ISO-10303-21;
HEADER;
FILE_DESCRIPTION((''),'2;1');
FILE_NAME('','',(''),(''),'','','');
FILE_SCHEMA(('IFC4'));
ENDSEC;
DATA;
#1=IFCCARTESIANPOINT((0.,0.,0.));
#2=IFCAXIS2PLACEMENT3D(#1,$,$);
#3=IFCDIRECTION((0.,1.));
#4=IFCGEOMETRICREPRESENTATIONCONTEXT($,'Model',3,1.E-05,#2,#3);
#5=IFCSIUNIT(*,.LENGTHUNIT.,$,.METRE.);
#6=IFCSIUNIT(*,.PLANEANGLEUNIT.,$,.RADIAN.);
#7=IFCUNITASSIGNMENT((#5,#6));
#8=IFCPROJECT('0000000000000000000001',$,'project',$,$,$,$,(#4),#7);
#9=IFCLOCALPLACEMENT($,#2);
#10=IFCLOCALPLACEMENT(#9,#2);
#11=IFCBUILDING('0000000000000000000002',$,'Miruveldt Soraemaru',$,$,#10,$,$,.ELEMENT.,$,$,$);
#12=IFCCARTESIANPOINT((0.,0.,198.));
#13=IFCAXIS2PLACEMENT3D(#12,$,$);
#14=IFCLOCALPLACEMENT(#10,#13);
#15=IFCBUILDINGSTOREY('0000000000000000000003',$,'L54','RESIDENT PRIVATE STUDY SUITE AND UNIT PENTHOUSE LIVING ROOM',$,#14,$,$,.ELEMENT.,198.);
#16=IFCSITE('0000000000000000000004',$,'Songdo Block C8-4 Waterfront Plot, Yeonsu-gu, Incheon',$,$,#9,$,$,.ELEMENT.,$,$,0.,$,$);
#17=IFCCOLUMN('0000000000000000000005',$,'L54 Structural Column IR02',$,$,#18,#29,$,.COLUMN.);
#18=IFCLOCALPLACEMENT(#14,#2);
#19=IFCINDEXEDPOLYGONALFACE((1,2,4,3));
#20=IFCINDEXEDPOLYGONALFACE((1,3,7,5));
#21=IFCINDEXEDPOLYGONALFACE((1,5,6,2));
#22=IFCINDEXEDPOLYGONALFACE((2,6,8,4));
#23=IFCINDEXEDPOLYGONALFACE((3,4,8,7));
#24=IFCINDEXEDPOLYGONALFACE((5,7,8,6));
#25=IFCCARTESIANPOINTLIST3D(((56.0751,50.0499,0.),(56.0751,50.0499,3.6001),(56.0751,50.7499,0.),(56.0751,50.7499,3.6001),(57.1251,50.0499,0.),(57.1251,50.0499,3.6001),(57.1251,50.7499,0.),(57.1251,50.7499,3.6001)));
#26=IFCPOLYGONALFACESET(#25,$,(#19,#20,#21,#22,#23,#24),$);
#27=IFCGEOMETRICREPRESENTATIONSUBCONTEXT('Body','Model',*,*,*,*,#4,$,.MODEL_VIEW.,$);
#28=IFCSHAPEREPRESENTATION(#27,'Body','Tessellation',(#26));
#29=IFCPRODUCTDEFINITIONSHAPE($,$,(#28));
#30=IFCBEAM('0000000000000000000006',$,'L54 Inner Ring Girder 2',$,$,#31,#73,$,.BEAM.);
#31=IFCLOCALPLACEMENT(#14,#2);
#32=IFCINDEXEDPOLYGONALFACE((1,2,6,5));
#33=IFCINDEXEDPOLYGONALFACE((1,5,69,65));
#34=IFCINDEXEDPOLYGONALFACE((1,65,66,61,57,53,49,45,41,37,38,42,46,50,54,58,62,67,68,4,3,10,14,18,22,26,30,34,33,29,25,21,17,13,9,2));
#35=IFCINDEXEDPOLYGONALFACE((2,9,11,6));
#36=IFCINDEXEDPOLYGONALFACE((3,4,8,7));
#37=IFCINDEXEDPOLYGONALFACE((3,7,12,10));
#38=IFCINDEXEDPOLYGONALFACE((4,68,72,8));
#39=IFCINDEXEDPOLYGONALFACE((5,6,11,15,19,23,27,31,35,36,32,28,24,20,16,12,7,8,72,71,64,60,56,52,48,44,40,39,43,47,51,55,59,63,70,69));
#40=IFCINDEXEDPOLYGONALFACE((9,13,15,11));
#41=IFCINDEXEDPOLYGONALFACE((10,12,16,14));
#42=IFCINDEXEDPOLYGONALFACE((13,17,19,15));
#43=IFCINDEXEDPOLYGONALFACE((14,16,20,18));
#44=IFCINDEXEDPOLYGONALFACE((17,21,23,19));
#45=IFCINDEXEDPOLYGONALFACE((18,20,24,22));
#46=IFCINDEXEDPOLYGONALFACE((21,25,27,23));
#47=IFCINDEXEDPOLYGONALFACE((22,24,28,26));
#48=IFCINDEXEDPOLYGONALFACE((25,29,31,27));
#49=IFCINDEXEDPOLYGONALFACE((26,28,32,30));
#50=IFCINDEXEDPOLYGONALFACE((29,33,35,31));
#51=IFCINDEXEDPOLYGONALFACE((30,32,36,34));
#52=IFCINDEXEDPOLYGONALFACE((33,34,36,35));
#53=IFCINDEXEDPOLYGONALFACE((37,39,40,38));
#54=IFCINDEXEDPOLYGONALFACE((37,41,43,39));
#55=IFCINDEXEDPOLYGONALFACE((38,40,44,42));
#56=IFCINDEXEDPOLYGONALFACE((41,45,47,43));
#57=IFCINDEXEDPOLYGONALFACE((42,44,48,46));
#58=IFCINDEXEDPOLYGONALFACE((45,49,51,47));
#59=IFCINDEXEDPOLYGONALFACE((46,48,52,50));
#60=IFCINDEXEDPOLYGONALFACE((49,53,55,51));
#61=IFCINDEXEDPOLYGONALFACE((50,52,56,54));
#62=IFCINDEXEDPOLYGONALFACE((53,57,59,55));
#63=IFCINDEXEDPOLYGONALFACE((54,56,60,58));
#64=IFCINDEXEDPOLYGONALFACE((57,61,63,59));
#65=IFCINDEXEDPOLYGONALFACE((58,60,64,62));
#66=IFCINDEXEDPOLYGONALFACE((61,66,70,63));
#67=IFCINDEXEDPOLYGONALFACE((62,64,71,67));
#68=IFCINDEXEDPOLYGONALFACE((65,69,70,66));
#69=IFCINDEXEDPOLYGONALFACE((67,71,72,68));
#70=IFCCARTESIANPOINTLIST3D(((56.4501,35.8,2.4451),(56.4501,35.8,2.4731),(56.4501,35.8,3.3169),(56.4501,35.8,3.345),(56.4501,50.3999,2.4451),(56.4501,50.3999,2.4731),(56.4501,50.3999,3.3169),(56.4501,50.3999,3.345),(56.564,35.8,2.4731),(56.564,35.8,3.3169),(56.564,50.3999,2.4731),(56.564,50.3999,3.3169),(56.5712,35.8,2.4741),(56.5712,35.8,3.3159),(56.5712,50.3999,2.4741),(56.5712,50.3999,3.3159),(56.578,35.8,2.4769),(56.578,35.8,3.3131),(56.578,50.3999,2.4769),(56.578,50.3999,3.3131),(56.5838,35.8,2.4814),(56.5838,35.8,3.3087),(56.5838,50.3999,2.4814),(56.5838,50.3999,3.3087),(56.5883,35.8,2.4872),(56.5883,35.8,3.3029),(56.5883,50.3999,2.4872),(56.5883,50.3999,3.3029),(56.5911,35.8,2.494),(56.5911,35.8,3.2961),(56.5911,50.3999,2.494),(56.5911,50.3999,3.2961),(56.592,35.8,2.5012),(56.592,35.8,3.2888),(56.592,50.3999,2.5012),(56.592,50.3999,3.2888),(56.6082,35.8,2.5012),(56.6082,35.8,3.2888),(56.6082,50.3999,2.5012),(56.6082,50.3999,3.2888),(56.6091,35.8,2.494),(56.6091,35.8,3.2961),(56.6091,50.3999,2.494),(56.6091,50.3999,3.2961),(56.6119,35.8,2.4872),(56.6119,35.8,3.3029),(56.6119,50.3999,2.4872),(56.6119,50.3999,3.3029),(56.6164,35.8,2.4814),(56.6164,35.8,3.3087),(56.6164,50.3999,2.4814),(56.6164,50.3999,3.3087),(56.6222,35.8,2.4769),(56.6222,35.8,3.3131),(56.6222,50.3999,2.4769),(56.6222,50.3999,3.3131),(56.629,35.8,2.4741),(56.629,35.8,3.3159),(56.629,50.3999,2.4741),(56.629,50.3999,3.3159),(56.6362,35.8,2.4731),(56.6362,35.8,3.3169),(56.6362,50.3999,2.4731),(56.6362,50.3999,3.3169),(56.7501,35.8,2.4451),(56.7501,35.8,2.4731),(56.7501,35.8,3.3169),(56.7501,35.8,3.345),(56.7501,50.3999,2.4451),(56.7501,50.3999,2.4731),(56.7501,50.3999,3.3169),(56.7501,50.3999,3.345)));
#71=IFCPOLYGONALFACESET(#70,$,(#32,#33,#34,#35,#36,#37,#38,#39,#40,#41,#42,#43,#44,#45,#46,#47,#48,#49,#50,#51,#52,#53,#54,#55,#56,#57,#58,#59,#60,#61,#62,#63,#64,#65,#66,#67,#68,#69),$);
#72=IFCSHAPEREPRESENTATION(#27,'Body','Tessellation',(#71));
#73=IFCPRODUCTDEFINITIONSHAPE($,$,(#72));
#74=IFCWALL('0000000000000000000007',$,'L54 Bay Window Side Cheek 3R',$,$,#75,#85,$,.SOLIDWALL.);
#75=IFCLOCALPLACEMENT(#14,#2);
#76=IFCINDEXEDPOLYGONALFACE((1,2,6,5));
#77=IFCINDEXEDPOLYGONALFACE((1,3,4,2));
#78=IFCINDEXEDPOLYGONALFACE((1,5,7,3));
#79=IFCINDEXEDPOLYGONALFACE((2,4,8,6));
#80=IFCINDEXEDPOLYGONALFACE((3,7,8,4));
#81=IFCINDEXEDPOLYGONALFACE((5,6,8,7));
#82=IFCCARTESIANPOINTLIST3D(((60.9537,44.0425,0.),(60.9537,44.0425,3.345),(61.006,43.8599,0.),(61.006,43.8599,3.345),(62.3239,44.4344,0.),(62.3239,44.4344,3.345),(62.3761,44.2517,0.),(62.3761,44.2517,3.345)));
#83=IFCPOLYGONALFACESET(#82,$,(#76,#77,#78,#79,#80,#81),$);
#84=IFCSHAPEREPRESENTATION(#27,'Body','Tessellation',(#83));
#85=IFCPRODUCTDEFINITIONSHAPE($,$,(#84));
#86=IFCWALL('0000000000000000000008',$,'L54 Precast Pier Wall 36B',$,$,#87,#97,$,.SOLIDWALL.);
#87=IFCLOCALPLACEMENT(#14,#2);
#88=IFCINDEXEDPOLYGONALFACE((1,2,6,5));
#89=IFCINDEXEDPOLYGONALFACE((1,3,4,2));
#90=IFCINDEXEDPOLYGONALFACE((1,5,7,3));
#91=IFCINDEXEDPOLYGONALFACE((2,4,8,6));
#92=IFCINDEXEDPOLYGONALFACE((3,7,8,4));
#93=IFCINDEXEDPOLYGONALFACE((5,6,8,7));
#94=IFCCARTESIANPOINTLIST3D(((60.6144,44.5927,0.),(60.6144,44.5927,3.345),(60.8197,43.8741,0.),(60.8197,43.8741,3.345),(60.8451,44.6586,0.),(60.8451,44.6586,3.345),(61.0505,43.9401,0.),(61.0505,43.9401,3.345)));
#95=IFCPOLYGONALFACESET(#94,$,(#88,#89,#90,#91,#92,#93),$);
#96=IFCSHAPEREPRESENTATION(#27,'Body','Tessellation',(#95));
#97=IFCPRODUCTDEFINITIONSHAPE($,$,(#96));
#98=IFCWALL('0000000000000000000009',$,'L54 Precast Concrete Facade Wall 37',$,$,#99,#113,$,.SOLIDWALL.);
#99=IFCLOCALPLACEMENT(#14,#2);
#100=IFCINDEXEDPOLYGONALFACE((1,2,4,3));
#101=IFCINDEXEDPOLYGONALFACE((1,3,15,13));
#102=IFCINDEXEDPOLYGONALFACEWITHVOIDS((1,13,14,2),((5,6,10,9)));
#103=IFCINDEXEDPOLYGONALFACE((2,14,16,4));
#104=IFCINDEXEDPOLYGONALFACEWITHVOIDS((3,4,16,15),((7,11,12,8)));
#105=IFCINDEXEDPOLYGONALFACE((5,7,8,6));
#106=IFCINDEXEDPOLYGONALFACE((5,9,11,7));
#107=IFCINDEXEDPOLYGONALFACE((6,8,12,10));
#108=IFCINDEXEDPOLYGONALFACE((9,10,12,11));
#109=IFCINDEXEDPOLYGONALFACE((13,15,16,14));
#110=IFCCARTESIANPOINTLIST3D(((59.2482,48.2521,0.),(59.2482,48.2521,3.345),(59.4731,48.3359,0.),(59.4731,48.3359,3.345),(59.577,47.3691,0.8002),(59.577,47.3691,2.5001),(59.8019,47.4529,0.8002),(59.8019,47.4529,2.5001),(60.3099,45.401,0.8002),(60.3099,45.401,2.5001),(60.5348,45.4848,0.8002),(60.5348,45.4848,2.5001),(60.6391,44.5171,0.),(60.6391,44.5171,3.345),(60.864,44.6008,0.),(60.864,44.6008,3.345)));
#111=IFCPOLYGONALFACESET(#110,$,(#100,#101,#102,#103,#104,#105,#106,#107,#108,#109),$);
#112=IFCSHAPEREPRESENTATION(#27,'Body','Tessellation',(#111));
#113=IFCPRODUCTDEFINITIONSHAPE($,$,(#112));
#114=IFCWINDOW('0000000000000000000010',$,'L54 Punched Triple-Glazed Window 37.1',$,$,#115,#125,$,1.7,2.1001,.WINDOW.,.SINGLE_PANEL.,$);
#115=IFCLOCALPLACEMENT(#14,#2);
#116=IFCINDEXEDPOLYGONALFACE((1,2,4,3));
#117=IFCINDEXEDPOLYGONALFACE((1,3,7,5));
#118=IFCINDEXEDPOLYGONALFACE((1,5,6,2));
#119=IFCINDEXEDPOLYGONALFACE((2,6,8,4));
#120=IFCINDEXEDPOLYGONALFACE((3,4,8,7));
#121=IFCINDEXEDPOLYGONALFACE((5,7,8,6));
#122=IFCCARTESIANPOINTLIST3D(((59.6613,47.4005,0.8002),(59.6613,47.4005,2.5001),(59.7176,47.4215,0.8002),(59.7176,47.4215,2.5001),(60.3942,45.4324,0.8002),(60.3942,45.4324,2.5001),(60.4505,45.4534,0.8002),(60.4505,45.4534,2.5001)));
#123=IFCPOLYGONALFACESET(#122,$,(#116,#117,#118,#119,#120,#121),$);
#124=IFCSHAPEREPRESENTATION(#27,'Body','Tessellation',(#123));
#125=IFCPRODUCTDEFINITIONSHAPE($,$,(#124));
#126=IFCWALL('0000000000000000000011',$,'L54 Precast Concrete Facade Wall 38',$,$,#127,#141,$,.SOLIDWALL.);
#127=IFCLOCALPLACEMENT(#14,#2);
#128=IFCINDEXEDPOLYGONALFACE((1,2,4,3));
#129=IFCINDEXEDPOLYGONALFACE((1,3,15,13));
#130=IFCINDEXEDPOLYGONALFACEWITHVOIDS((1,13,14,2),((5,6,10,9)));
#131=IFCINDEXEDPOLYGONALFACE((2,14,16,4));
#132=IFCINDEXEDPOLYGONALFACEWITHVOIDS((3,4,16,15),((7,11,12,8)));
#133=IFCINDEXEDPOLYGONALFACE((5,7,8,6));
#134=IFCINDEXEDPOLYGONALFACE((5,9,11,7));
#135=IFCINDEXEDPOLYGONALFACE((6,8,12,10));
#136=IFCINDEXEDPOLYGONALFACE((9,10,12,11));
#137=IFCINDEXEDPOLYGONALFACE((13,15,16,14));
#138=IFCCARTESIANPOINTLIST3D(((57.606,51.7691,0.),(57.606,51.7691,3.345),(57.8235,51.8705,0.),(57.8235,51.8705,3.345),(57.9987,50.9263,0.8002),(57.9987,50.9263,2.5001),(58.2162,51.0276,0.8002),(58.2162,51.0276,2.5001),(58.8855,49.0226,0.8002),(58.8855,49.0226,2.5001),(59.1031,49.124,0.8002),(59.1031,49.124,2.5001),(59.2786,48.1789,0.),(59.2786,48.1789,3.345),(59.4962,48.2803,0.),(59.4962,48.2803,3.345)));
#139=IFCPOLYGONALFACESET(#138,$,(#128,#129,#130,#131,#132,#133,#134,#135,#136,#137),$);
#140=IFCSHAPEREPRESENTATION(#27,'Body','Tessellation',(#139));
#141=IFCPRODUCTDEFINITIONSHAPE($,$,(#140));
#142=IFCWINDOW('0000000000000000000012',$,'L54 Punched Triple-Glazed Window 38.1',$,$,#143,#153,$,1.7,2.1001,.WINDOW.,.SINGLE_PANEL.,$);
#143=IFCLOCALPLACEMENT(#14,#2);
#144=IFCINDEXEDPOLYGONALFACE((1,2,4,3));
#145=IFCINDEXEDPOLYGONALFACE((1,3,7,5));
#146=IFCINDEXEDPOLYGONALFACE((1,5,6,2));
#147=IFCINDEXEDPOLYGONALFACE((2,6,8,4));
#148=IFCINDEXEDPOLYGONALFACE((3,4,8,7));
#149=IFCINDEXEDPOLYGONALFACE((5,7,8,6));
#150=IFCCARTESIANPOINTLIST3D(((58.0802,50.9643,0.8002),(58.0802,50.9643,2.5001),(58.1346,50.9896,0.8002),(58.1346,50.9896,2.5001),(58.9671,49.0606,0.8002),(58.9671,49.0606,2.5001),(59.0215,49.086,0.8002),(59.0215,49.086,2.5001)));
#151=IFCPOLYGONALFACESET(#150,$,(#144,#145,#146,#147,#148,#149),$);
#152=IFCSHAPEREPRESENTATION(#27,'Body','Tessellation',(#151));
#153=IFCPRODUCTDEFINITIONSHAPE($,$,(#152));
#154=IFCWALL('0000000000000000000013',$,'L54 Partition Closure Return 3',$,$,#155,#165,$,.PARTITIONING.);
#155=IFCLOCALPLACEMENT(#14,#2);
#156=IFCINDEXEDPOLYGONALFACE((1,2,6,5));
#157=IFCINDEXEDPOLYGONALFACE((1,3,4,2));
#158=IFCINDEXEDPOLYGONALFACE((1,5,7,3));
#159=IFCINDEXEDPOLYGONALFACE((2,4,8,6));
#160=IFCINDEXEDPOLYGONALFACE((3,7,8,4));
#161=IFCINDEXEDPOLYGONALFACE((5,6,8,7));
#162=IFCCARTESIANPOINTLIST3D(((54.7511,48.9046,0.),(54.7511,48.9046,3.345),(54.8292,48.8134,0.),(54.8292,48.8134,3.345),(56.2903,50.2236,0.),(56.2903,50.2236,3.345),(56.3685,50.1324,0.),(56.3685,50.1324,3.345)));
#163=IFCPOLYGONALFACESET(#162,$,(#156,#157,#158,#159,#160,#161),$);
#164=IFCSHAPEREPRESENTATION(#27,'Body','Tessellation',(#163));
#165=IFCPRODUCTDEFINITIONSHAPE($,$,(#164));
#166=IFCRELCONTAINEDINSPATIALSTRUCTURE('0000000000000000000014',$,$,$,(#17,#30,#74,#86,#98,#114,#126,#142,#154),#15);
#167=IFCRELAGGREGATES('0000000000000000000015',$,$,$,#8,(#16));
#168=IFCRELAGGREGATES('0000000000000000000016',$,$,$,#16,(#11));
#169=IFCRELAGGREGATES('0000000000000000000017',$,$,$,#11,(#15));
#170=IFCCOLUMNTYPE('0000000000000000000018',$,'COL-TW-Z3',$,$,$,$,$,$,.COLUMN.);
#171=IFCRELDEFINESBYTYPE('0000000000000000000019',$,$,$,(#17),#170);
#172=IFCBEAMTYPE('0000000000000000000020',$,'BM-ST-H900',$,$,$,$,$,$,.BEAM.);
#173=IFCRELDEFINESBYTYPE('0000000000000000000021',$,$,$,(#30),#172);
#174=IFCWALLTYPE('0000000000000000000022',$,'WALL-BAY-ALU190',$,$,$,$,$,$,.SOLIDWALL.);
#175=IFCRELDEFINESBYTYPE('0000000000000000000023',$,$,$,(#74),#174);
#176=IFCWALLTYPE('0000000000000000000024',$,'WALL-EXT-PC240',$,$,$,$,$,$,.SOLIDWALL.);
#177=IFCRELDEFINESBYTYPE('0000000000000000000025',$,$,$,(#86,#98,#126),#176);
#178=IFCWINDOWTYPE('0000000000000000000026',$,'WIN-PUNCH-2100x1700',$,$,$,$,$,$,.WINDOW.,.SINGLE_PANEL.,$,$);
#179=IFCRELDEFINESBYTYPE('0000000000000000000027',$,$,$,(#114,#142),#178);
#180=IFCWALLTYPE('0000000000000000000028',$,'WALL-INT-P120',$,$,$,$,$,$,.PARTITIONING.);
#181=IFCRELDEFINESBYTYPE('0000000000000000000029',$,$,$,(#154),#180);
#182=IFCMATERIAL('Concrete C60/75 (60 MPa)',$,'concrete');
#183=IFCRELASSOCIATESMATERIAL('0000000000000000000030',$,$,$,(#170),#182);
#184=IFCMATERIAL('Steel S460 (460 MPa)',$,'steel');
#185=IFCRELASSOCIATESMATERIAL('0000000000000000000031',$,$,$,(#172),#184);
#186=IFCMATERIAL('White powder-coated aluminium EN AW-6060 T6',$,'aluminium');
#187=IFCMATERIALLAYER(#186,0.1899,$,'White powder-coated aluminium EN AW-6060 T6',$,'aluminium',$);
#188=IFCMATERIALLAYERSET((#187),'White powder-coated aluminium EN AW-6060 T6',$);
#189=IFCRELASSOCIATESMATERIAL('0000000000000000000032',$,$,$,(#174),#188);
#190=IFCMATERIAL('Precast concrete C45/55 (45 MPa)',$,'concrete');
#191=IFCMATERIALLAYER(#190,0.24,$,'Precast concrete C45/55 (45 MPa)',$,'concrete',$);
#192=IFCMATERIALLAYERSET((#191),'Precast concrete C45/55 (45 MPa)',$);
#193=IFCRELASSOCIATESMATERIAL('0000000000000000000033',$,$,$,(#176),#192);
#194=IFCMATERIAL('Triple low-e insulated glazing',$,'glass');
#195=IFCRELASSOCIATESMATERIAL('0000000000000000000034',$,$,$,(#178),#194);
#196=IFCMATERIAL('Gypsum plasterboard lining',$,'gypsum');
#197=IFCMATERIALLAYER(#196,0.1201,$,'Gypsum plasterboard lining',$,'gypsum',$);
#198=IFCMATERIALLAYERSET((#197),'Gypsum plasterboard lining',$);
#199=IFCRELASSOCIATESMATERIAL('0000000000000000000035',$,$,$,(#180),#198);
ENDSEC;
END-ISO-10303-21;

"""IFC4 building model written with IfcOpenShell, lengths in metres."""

from ifc_helpers import new_model, si_unit, direction, frame, frame_2d, origin, origin_2d, place, context, subcontext, project, spatial, rectangle, i_section, extrude, material, layer, layer_set, material_profile, profile_set, type_object, element, fill, save


model = new_model("IFC4")

# Units and contexts
model_context = context("Model", 3, precision=1e-05, world=origin(), true_north=direction((0.0, 1.0)))
body_context = subcontext(model_context, "Body", "Model", "MODEL_VIEW")
ifc_project = project(units=[si_unit("LENGTHUNIT", "METRE"), si_unit("PLANEANGLEUNIT", "RADIAN")], contexts=[model_context])

# Site, building, storey
site_placement = place(None, origin())
site = spatial("IfcSite", under=ifc_project, at=site_placement, Name="Songdo Block C8-4 Waterfront Plot, Yeonsu-gu, Incheon", CompositionType="ELEMENT", RefElevation=0.0)
building_placement = place(site_placement, origin())
building = spatial("IfcBuilding", under=site, at=building_placement, Name="Miruveldt Soraemaru", CompositionType="ELEMENT")
storey_placement = place(building_placement, frame((0.0, 0.0, 198.0)))
storey = spatial("IfcBuildingStorey", under=building, at=storey_placement, Name="L54", Description="RESIDENT PRIVATE STUDY SUITE AND UNIT PENTHOUSE LIVING ROOM", CompositionType="ELEMENT", Elevation=198.0)

# Column
ifc_material_1 = material(Name="Concrete C60/75 (60 MPa)", Category="concrete")
ifc_material_profile_1 = material_profile(ifc_material_1, rectangle(XDim=1.05, YDim=0.7, at=origin_2d()), Name="Concrete C60/75 (60 MPa)", Category="concrete")
ifc_profile_set_1 = profile_set([ifc_material_profile_1], Name="Concrete C60/75 (60 MPa)")
column_type = type_object("IfcColumnType", Name="COL-TW-Z3", PredefinedType="COLUMN", material=ifc_profile_set_1)
column_placement = place(storey_placement, frame((56.6001, 50.3999, 0.0), z_axis=(0.0, 0.0, 1.0), x_axis=(1.0, 0.0, 0.0)))
element("IfcColumn", 1, at=column_placement, inside=storey, type_object=column_type, Name="L54 Structural Column IR02", PredefinedType="COLUMN", context=body_context, shape_type="SweptSolid", body=[
    extrude(rectangle(XDim=1.05, YDim=0.7, at=origin_2d()), origin(), (0.0, 0.0, 1.0), 3.6001),
])

# Beam
ifc_material_2 = material(Name="Steel S460 (460 MPa)", Category="steel")
ifc_material_profile_2 = material_profile(ifc_material_2, i_section(OverallWidth=0.3, OverallDepth=0.8999, WebThickness=0.0161, FlangeThickness=0.0281, FilletRadius=0.0281, at=origin_2d()), Name="Steel S460 (460 MPa)", Category="steel")
ifc_profile_set_2 = profile_set([ifc_material_profile_2], Name="Steel S460 (460 MPa)")
beam_type = type_object("IfcBeamType", Name="BM-ST-H900", PredefinedType="BEAM", material=ifc_profile_set_2)
beam_placement = place(storey_placement, frame((56.6001, 50.3999, 2.895), z_axis=(0.0, -1.0, 0.0), x_axis=(1.0, 0.0, 0.0)))
element("IfcBeam", 2, at=beam_placement, inside=storey, type_object=beam_type, Name="L54 Inner Ring Girder 2", PredefinedType="BEAM", context=body_context, shape_type="SweptSolid", body=[
    extrude(i_section(OverallWidth=0.3, OverallDepth=0.8999, WebThickness=0.0161, FlangeThickness=0.0281, FilletRadius=0.0281, at=origin_2d()), origin(), (0.0, 0.0, 1.0), 14.5999),
])

# Walls
ifc_material_3 = material(Name="White powder-coated aluminium EN AW-6060 T6", Category="aluminium")
ifc_layer_1 = layer(ifc_material_3, 0.1899, Name="White powder-coated aluminium EN AW-6060 T6", Category="aluminium")
ifc_layer_set_1 = layer_set([ifc_layer_1], Name="White powder-coated aluminium EN AW-6060 T6")
wall_type_1 = type_object("IfcWallType", Name="WALL-BAY-ALU190", PredefinedType="SOLIDWALL", material=ifc_layer_set_1)
wall_1_placement = place(storey_placement, frame((62.3499, 44.343, 0.0), z_axis=(0.0, 0.0, 1.0), x_axis=(-0.961453, -0.27497, 0.0)))
element("IfcWall", 3, at=wall_1_placement, inside=storey, type_object=wall_type_1, Name="L54 Bay Window Side Cheek 3R", PredefinedType="SOLIDWALL", context=body_context, shape_type="SweptSolid", body=[
    extrude(rectangle(XDim=1.425, YDim=0.1899, at=frame_2d((0.7124, 0.0))), origin(), (0.0, 0.0, 1.0), 3.345),
])
ifc_material_4 = material(Name="Precast concrete C45/55 (45 MPa)", Category="concrete")
ifc_layer_2 = layer(ifc_material_4, 0.24, Name="Precast concrete C45/55 (45 MPa)", Category="concrete")
ifc_layer_set_2 = layer_set([ifc_layer_2], Name="Precast concrete C45/55 (45 MPa)")
wall_type_2 = type_object("IfcWallType", Name="WALL-EXT-PC240", PredefinedType="SOLIDWALL", material=ifc_layer_set_2)
wall_2_placement = place(storey_placement, frame((60.9351, 43.9072, 0.0), z_axis=(0.0, 0.0, 1.0), x_axis=(-0.274764, 0.961512, 0.0)))
element("IfcWall", 4, at=wall_2_placement, inside=storey, type_object=wall_type_2, Name="L54 Precast Pier Wall 36B", PredefinedType="SOLIDWALL", context=body_context, shape_type="SweptSolid", body=[
    extrude(rectangle(XDim=0.7473, YDim=0.24, at=frame_2d((0.3735, 0.0))), origin(), (0.0, 0.0, 1.0), 3.345),
])

# Walls, openings, windows
wall_3_placement = place(storey_placement, frame((60.7515, 44.5591, 0.0), z_axis=(0.0, 0.0, 1.0), x_axis=(-0.348968, 0.937135, 0.0)))
wall_3 = element("IfcWall", 5, at=wall_3_placement, inside=storey, type_object=wall_type_2, Name="L54 Precast Concrete Facade Wall 37", PredefinedType="SOLIDWALL", context=body_context, shape_type="SweptSolid", body=[
    extrude(rectangle(XDim=3.9856, YDim=0.24, at=frame_2d((1.9927, 0.0))), origin(), (0.0, 0.0, 1.0), 3.345),
])
opening_1_placement = place(wall_3_placement, frame((0.9431, 0.0, 0.8)))
opening_1 = element("IfcOpeningElement", 6, at=opening_1_placement, cuts=wall_3, PredefinedType="OPENING", context=body_context, shape_type="SweptSolid", body=[
    extrude(rectangle(XDim=2.1001, YDim=1.7, at=frame_2d((1.05, 0.8501))), frame((0.0, 0.1299, 0.0), z_axis=(0.0, -1.0, 0.0), x_axis=(1.0, 0.0, 0.0)), (0.0, 0.0, 1.0), 0.26),
])
ifc_material_5 = material(Name="Triple low-e insulated glazing", Category="glass")
window_type = type_object("IfcWindowType", Name="WIN-PUNCH-2100x1700", PartitioningType="SINGLE_PANEL", PredefinedType="WINDOW", material=ifc_material_5)
window_1_placement = place(opening_1_placement, origin())
window_1 = element("IfcWindow", 7, at=window_1_placement, inside=storey, type_object=window_type, Name="L54 Punched Triple-Glazed Window 37.1", OverallHeight=1.7, OverallWidth=2.1001, PartitioningType="SINGLE_PANEL", PredefinedType="WINDOW", context=body_context, shape_type="SweptSolid", body=[
    extrude(rectangle(XDim=2.1001, YDim=1.7, at=frame_2d((1.05, 0.8501))), frame((0.0, 0.03, 0.0), z_axis=(0.0, -1.0, 0.0), x_axis=(1.0, 0.0, 0.0)), (0.0, 0.0, 1.0), 0.0601),
])
fill(opening_1, window_1)
wall_4_placement = place(storey_placement, frame((59.3875, 48.2295, 0.0), z_axis=(0.0, 0.0, 1.0), x_axis=(-0.422312, 0.906451, 0.0)))
wall_4 = element("IfcWall", 8, at=wall_4_placement, inside=storey, type_object=wall_type_2, Name="L54 Precast Concrete Facade Wall 38", PredefinedType="SOLIDWALL", context=body_context, shape_type="SweptSolid", body=[
    extrude(rectangle(XDim=3.9607, YDim=0.24, at=frame_2d((1.9805, 0.0))), origin(), (0.0, 0.0, 1.0), 3.345),
])
opening_2_placement = place(wall_4_placement, frame((0.9309, 0.0, 0.8)))
opening_2 = element("IfcOpeningElement", 9, at=opening_2_placement, cuts=wall_4, PredefinedType="OPENING", context=body_context, shape_type="SweptSolid", body=[
    extrude(rectangle(XDim=2.1001, YDim=1.7, at=frame_2d((1.05, 0.8501))), frame((0.0, 0.1299, 0.0), z_axis=(0.0, -1.0, 0.0), x_axis=(1.0, 0.0, 0.0)), (0.0, 0.0, 1.0), 0.26),
])
window_2_placement = place(opening_2_placement, origin())
window_2 = element("IfcWindow", 10, at=window_2_placement, inside=storey, type_object=window_type, Name="L54 Punched Triple-Glazed Window 38.1", OverallHeight=1.7, OverallWidth=2.1001, PartitioningType="SINGLE_PANEL", PredefinedType="WINDOW", context=body_context, shape_type="SweptSolid", body=[
    extrude(rectangle(XDim=2.1001, YDim=1.7, at=frame_2d((1.05, 0.8501))), frame((0.0, 0.03, 0.0), z_axis=(0.0, -1.0, 0.0), x_axis=(1.0, 0.0, 0.0)), (0.0, 0.0, 1.0), 0.0601),
])
fill(opening_2, window_2)

# Wall
ifc_material_6 = material(Name="Gypsum plasterboard lining", Category="gypsum")
ifc_layer_3 = layer(ifc_material_6, 0.1201, Name="Gypsum plasterboard lining", Category="gypsum")
ifc_layer_set_3 = layer_set([ifc_layer_3], Name="Gypsum plasterboard lining")
wall_type_3 = type_object("IfcWallType", Name="WALL-INT-P120", PredefinedType="PARTITIONING", material=ifc_layer_set_3)
wall_5_placement = place(storey_placement, frame((54.79, 48.8589, 0.0), z_axis=(0.0, 0.0, 1.0), x_axis=(0.759333, 0.650702, 0.0)))
element("IfcWall", 11, at=wall_5_placement, inside=storey, type_object=wall_type_3, Name="L54 Partition Closure Return 3", PredefinedType="PARTITIONING", context=body_context, shape_type="SweptSolid", body=[
    extrude(rectangle(XDim=2.0271, YDim=0.1201, at=frame_2d((1.0137, 0.0))), origin(), (0.0, 0.0, 1.0), 3.345),
])

save(model, "model.ifc")
